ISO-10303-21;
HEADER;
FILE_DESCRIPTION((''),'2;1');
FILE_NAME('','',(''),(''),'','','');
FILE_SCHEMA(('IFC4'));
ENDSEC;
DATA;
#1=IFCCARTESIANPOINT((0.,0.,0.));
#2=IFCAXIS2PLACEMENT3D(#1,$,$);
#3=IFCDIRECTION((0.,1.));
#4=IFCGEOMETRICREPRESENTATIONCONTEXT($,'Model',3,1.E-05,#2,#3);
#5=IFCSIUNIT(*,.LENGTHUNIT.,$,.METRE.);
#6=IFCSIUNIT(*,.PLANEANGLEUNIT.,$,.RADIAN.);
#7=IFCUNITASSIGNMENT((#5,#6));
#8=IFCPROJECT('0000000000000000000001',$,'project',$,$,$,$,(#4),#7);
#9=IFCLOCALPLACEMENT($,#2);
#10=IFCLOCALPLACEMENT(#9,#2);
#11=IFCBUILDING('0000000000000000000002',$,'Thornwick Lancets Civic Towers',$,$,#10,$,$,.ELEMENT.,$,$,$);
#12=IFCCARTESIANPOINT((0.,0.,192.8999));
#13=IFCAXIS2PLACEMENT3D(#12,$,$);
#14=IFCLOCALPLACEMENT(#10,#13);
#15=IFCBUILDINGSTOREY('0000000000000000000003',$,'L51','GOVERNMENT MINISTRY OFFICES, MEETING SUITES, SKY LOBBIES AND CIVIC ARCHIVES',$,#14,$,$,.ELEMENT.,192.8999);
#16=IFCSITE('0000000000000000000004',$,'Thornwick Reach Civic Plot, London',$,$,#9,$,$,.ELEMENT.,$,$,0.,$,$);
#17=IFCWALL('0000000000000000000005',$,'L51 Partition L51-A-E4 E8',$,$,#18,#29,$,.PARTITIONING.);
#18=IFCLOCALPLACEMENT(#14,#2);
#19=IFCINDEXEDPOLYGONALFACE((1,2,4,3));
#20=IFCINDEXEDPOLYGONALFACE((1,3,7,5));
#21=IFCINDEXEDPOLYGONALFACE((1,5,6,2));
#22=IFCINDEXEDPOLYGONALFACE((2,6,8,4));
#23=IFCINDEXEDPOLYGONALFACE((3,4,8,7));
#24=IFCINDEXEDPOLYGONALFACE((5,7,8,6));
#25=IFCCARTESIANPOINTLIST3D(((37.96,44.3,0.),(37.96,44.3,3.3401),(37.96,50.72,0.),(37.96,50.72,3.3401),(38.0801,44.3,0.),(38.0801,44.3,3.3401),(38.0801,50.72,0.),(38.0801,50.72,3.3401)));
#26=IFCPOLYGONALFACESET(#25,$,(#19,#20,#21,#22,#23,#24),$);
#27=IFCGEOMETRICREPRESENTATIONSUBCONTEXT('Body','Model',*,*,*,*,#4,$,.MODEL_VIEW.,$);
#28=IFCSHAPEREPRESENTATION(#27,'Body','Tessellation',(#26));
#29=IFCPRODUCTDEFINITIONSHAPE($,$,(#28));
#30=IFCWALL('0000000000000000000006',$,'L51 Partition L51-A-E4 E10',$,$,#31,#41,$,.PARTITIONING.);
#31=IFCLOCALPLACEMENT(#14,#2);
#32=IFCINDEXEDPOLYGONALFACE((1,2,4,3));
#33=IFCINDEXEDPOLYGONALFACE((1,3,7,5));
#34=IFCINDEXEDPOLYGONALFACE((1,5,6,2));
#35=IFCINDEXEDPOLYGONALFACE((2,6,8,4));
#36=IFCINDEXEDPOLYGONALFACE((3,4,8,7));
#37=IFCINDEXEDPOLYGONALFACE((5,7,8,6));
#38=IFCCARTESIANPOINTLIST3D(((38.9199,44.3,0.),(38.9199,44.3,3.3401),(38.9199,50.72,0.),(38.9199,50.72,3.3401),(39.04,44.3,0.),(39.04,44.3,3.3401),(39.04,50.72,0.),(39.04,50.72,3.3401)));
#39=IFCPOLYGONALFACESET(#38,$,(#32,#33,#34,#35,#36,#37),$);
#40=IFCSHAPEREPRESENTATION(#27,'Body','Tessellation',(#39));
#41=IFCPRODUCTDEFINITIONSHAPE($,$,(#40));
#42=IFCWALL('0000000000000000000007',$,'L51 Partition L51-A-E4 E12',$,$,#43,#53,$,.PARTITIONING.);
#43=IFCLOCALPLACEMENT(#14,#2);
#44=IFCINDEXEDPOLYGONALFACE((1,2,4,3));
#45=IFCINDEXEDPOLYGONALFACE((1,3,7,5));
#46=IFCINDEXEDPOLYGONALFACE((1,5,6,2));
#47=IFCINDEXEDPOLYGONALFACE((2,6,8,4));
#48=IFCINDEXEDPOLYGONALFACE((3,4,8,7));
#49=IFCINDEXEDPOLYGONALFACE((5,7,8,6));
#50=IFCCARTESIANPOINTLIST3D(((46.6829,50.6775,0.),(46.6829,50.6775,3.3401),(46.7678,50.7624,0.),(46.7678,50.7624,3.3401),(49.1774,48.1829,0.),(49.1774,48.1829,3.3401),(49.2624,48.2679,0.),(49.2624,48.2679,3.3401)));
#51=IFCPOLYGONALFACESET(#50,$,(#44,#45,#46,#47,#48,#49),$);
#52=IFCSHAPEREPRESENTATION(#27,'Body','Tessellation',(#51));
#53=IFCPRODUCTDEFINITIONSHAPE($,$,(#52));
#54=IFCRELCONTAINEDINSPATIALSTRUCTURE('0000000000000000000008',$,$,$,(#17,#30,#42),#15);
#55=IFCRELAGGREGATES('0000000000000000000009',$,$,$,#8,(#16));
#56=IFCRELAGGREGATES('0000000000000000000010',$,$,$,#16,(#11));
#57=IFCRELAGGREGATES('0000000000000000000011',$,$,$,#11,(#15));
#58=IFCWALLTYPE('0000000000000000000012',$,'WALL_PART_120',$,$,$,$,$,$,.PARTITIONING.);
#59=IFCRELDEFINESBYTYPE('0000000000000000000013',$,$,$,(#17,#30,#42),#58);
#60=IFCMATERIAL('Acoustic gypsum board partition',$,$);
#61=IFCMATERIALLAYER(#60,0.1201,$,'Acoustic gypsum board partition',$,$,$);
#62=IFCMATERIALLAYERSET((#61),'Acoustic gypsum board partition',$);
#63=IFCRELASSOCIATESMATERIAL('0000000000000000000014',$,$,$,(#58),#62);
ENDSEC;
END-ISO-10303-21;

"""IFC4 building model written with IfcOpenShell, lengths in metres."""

from ifc_helpers import new_model, si_unit, direction, frame, frame_2d, origin, place, context, subcontext, project, spatial, rectangle, extrude, material, layer, layer_set, type_object, element, save


model = new_model("IFC4")

# Units and contexts
model_context = context("Model", 3, precision=1e-05, world=origin(), true_north=direction((0.0, 1.0)))
body_context = subcontext(model_context, "Body", "Model", "MODEL_VIEW")
ifc_project = project(units=[si_unit("LENGTHUNIT", "METRE"), si_unit("PLANEANGLEUNIT", "RADIAN")], contexts=[model_context])

# Site, building, storey
site_placement = place(None, origin())
site = spatial("IfcSite", under=ifc_project, at=site_placement, Name="Thornwick Reach Civic Plot, London", CompositionType="ELEMENT", RefElevation=0.0)
building_placement = place(site_placement, origin())
building = spatial("IfcBuilding", under=site, at=building_placement, Name="Thornwick Lancets Civic Towers", CompositionType="ELEMENT")
storey_placement = place(building_placement, frame((0.0, 0.0, 192.8999)))
storey = spatial("IfcBuildingStorey", under=building, at=storey_placement, Name="L51", Description="GOVERNMENT MINISTRY OFFICES, MEETING SUITES, SKY LOBBIES AND CIVIC ARCHIVES", CompositionType="ELEMENT", Elevation=192.8999)

# Walls
ifc_material_1 = material(Name="Acoustic gypsum board partition")
ifc_layer_1 = layer(ifc_material_1, 0.1201, Name="Acoustic gypsum board partition")
ifc_layer_set_1 = layer_set([ifc_layer_1], Name="Acoustic gypsum board partition")
wall_type_1 = type_object("IfcWallType", Name="WALL_PART_120", PredefinedType="PARTITIONING", material=ifc_layer_set_1)
for number, where, z_axis, x_axis, name in (
    (1, (38.02, 50.72, 0.0), (0.0, 0.0, 1.0), (0.0, -1.0, 0.0), "L51 Partition L51-A-E4 E8"),
    (2, (38.98, 44.3, 0.0), (0.0, 0.0, 1.0), (0.0, 1.0, 0.0), "L51 Partition L51-A-E4 E10"),
):
    element("IfcWall", number, at=place(storey_placement, frame(where, z_axis=z_axis, x_axis=x_axis)), inside=storey, type_object=wall_type_1, Name=name, PredefinedType="PARTITIONING", context=body_context, shape_type="SweptSolid", body=[
        extrude(rectangle(XDim=6.4199, YDim=0.1201, at=frame_2d((3.21, 0.0))), origin(), (0.0, 0.0, 1.0), 3.3401),
    ])
wall_1_placement = place(storey_placement, frame((46.7253, 50.72, 0.0), z_axis=(0.0, 0.0, 1.0), x_axis=(0.707107, -0.707107, 0.0)))
element("IfcWall", 3, at=wall_1_placement, inside=storey, type_object=wall_type_1, Name="L51 Partition L51-A-E4 E12", PredefinedType="PARTITIONING", context=body_context, shape_type="SweptSolid", body=[
    extrude(rectangle(XDim=3.5278, YDim=0.1201, at=frame_2d((1.7639, 0.0))), origin(), (0.0, 0.0, 1.0), 3.3401),
])

save(model, "model.ifc")
